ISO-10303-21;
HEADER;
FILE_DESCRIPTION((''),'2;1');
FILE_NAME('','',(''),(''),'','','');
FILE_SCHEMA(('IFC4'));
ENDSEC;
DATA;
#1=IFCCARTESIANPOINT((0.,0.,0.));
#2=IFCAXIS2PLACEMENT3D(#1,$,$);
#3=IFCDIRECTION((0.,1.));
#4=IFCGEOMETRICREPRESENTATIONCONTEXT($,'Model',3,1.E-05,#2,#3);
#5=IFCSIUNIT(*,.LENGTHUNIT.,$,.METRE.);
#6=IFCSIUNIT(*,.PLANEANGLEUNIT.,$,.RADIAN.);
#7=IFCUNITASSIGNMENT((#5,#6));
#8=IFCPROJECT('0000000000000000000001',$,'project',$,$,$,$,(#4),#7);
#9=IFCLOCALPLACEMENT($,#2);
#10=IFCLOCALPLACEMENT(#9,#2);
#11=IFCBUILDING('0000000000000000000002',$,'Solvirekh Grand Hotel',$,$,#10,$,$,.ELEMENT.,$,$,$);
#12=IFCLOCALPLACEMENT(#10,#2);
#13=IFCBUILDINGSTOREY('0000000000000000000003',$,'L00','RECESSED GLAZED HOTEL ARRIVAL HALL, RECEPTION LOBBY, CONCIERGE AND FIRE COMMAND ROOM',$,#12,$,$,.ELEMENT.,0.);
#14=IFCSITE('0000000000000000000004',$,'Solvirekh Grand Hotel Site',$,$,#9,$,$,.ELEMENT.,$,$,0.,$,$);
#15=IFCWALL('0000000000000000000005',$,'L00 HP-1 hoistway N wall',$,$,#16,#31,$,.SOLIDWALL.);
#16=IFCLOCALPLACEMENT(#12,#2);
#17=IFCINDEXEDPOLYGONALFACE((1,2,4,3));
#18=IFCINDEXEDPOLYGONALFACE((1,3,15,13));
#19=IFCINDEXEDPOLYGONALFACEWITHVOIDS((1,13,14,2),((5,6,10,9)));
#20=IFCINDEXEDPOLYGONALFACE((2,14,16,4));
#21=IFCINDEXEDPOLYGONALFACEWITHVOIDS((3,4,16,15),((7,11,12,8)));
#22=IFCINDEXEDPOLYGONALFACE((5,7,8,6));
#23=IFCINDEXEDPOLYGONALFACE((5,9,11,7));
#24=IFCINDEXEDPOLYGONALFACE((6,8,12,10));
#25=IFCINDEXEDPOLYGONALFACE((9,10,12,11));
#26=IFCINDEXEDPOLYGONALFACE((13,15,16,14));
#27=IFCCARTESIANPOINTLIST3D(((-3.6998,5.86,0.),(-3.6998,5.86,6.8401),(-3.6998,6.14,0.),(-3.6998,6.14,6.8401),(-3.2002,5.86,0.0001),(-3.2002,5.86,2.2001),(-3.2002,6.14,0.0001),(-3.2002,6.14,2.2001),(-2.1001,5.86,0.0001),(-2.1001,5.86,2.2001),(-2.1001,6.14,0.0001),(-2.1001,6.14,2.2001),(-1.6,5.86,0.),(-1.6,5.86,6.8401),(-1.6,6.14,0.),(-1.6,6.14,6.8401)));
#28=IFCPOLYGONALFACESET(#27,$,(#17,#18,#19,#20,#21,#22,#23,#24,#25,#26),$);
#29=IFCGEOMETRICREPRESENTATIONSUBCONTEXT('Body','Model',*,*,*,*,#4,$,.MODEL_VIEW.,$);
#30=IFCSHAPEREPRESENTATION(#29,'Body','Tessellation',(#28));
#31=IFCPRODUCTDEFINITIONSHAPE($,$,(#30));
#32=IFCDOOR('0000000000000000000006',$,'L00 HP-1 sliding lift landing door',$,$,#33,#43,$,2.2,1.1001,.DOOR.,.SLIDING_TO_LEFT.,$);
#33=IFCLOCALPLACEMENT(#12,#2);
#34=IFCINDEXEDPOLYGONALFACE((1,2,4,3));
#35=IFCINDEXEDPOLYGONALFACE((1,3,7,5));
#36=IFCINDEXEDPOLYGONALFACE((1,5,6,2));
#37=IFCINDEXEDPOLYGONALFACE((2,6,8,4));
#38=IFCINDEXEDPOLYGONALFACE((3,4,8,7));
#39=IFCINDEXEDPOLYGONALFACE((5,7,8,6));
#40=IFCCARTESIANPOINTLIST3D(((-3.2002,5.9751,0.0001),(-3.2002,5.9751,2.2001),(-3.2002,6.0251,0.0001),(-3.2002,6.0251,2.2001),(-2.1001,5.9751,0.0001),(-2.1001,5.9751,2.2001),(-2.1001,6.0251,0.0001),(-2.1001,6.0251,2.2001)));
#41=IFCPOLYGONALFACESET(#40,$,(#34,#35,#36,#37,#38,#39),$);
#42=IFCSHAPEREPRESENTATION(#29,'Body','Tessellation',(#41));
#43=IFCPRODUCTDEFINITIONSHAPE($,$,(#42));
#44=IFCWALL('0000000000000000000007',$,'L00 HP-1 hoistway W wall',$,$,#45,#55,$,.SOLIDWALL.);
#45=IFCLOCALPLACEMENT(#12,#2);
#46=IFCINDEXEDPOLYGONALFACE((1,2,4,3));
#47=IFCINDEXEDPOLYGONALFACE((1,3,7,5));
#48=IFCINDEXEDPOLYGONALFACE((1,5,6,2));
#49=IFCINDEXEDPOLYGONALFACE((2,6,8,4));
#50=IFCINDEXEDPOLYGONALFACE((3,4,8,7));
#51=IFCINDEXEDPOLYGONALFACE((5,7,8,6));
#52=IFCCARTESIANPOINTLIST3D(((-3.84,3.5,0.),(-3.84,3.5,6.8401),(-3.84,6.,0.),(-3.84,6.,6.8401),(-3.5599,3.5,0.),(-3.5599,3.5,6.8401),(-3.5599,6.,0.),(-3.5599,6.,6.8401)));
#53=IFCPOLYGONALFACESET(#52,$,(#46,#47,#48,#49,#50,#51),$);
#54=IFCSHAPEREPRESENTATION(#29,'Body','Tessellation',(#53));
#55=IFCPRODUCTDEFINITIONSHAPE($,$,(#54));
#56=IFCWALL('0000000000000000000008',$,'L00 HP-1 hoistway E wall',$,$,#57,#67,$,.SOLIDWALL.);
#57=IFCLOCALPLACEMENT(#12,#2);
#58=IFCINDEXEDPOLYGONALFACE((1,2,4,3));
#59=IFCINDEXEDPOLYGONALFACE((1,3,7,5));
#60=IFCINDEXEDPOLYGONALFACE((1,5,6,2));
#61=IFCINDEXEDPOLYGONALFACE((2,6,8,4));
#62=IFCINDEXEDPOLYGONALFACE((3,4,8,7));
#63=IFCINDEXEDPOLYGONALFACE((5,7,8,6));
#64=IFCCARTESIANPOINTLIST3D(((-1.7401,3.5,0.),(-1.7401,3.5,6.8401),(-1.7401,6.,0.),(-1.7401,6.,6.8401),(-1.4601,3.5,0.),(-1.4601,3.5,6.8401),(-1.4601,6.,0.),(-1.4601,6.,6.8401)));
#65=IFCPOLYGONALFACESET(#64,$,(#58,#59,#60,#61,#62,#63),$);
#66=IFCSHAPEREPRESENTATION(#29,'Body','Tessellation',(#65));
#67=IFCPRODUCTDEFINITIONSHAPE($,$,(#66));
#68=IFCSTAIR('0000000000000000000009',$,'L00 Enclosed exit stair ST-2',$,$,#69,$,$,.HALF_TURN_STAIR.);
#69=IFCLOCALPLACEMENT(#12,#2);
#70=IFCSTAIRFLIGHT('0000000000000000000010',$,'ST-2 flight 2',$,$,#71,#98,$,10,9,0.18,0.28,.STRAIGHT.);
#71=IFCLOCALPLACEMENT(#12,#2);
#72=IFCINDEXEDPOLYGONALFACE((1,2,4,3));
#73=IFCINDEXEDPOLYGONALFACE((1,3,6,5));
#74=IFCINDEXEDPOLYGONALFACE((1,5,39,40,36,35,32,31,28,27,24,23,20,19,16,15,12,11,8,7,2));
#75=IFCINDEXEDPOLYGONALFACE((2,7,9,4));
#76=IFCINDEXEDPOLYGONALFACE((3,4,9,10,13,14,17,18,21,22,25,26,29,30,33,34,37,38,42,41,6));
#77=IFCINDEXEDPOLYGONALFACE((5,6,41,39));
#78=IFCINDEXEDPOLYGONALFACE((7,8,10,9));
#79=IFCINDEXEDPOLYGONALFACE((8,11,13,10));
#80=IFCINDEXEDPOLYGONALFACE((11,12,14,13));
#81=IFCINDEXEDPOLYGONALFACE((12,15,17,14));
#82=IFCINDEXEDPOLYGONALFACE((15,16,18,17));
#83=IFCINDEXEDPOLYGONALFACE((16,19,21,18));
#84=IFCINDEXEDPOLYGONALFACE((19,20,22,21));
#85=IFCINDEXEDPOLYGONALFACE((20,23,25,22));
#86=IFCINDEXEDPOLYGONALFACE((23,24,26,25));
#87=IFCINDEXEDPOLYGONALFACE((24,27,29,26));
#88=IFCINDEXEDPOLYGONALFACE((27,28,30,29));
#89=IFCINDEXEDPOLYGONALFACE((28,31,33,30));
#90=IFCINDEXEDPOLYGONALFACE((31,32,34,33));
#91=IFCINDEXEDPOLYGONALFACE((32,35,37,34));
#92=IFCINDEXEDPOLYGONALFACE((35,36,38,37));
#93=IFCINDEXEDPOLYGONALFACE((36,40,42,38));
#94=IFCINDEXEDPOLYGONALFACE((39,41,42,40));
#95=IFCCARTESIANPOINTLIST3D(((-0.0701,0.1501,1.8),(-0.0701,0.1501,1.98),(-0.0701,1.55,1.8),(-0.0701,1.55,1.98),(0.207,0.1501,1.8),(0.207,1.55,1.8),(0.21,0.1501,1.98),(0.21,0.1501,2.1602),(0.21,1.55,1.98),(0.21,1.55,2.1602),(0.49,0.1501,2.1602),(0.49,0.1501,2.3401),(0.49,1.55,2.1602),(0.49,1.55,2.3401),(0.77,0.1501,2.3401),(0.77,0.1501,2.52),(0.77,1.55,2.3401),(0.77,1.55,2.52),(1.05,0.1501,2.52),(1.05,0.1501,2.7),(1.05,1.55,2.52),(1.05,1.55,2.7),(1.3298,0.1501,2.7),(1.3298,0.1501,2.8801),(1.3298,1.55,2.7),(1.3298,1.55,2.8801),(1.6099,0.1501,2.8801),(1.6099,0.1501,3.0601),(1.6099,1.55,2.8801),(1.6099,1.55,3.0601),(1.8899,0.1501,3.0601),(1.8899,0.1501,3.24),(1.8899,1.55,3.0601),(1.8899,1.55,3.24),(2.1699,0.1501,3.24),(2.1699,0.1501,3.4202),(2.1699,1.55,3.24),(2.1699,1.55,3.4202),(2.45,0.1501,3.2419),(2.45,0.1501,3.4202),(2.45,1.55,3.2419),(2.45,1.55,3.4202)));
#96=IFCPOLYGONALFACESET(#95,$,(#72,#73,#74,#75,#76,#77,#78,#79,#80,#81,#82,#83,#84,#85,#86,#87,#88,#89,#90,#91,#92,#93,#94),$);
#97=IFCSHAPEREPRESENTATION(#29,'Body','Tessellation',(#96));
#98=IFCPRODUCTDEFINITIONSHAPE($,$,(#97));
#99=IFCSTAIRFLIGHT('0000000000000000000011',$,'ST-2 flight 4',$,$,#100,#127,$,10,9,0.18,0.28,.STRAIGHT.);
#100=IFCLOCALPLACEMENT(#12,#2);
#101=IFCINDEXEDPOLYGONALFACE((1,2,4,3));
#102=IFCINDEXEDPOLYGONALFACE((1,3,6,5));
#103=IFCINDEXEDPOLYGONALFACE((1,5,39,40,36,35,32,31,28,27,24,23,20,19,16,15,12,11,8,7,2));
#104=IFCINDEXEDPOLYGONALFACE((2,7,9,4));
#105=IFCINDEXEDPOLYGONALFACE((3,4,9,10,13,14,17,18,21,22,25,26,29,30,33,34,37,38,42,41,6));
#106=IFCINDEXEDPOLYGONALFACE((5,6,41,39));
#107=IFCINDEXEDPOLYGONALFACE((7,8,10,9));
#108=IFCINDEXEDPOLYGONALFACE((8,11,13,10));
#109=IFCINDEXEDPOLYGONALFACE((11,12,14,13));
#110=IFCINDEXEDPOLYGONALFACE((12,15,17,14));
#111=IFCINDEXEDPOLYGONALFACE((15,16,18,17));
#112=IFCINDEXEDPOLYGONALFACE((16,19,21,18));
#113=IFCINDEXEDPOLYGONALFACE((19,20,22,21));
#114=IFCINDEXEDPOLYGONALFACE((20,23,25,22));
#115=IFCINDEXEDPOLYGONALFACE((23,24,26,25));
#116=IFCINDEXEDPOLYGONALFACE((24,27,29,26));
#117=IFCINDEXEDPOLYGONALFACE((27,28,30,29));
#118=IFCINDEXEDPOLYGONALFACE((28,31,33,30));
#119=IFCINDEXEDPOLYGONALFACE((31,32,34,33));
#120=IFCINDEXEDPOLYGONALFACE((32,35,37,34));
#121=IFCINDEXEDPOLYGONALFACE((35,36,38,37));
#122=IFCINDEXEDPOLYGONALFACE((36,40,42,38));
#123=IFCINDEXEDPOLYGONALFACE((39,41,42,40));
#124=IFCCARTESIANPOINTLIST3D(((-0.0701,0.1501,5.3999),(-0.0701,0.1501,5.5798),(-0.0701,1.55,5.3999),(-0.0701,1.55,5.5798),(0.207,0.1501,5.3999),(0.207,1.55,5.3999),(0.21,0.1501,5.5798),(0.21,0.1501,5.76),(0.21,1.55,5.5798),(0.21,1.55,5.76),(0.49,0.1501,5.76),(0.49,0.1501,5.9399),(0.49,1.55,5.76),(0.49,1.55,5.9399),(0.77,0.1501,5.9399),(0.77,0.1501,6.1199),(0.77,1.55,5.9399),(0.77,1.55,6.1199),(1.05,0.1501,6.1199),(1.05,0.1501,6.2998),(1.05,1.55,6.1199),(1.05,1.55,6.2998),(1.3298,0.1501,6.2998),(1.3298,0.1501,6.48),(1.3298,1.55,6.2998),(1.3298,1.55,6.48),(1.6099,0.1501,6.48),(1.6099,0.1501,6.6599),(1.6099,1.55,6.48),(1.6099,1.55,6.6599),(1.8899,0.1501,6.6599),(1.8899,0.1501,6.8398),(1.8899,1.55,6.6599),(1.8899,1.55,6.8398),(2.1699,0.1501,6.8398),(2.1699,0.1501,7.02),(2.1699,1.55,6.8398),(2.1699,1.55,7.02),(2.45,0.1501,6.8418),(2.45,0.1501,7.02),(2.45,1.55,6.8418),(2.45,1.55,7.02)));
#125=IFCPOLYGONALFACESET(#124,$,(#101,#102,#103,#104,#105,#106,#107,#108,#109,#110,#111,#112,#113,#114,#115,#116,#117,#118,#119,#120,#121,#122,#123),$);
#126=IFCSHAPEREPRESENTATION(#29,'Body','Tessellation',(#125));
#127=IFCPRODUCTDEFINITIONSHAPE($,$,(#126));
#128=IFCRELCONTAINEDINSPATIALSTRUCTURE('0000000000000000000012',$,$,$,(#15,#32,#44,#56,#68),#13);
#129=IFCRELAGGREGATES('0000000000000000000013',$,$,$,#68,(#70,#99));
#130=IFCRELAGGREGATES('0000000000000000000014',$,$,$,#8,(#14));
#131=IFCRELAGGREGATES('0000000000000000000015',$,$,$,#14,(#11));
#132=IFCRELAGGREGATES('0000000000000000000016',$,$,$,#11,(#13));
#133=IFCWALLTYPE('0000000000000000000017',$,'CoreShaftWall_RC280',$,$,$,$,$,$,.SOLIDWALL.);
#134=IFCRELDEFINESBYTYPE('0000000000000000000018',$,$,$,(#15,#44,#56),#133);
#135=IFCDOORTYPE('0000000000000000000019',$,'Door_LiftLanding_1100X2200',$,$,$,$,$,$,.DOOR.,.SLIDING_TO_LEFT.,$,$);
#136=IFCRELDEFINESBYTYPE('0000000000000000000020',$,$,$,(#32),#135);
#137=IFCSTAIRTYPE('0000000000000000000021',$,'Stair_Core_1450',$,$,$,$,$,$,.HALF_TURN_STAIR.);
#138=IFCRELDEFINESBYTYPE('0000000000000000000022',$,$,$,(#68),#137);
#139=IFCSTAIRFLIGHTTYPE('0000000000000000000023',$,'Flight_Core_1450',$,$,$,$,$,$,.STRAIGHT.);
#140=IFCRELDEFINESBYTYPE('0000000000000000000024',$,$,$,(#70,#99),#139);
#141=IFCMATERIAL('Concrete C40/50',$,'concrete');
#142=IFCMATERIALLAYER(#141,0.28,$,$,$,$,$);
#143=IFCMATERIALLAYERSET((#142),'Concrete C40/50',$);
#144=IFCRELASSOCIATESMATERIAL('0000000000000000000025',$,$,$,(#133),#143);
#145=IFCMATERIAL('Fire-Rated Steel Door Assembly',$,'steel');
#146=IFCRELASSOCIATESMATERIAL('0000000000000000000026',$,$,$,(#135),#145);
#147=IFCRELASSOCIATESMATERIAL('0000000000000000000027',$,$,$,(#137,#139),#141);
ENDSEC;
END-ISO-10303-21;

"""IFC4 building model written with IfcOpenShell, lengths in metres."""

from ifc_helpers import new_model, si_unit, direction, frame, frame_2d, origin, place, context, subcontext, project, spatial, polyline, rectangle, outline, extrude, material, layer, layer_set, type_object, element, fill, aggregate, save


model = new_model("IFC4")

# Units and contexts
model_context = context("Model", 3, precision=1e-05, world=origin(), true_north=direction((0.0, 1.0)))
body_context = subcontext(model_context, "Body", "Model", "MODEL_VIEW")
ifc_project = project(units=[si_unit("LENGTHUNIT", "METRE"), si_unit("PLANEANGLEUNIT", "RADIAN")], contexts=[model_context])

# Site, building, storey
site_placement = place(None, origin())
site = spatial("IfcSite", under=ifc_project, at=site_placement, Name="Solvirekh Grand Hotel Site", CompositionType="ELEMENT", RefElevation=0.0)
building_placement = place(site_placement, origin())
building = spatial("IfcBuilding", under=site, at=building_placement, Name="Solvirekh Grand Hotel", CompositionType="ELEMENT")
storey_placement = place(building_placement, origin())
storey = spatial("IfcBuildingStorey", under=building, at=storey_placement, Name="L00", Description="RECESSED GLAZED HOTEL ARRIVAL HALL, RECEPTION LOBBY, CONCIERGE AND FIRE COMMAND ROOM", CompositionType="ELEMENT", Elevation=0.0)

# Wall, opening, door
ifc_material_1 = material(Name="Concrete C40/50", Category="concrete")
ifc_layer_1 = layer(ifc_material_1, 0.28)
ifc_layer_set_1 = layer_set([ifc_layer_1], Name="Concrete C40/50")
wall_type = type_object("IfcWallType", Name="CoreShaftWall_RC280", PredefinedType="SOLIDWALL", material=ifc_layer_set_1)
wall_placement = place(storey_placement, frame((-1.6001, 6.0, 0.0), z_axis=(0.0, 0.0, 1.0), x_axis=(-1.0, 0.0, 0.0)))
wall = element("IfcWall", 1, at=wall_placement, inside=storey, type_object=wall_type, Name="L00 HP-1 hoistway N wall", PredefinedType="SOLIDWALL", context=body_context, shape_type="SweptSolid", body=[
    extrude(rectangle(XDim=2.0999, YDim=0.28, at=frame_2d((1.0498, 0.0))), origin(), (0.0, 0.0, 1.0), 6.8401),
])
opening_placement = place(wall_placement, frame((0.5, 0.0, 0.0)))
opening = element("IfcOpeningElement", 2, at=opening_placement, cuts=wall, PredefinedType="OPENING", context=body_context, shape_type="SweptSolid", body=[
    extrude(rectangle(XDim=1.1001, YDim=2.2, at=frame_2d((0.55, 1.1001))), frame((0.0, 0.1499, 0.0), z_axis=(0.0, -1.0, 0.0), x_axis=(1.0, 0.0, 0.0)), (0.0, 0.0, 1.0), 0.3),
])
ifc_material_2 = material(Name="Fire-Rated Steel Door Assembly", Category="steel")
door_type = type_object("IfcDoorType", Name="Door_LiftLanding_1100X2200", OperationType="SLIDING_TO_LEFT", PredefinedType="DOOR", material=ifc_material_2)
door_placement = place(opening_placement, origin())
door = element("IfcDoor", 3, at=door_placement, inside=storey, type_object=door_type, Name="L00 HP-1 sliding lift landing door", OperationType="SLIDING_TO_LEFT", OverallHeight=2.2, OverallWidth=1.1001, PredefinedType="DOOR", context=body_context, shape_type="SweptSolid", body=[
    extrude(rectangle(XDim=1.1001, YDim=2.2, at=frame_2d((0.55, 1.1001))), frame((0.0, 0.0249, 0.0), z_axis=(0.0, -1.0, 0.0), x_axis=(1.0, 0.0, 0.0)), (0.0, 0.0, 1.0), 0.05),
])
fill(opening, door)

# Walls
for number, where, z_axis, x_axis, name in (
    (4, (-3.7, 6.0, 0.0), (0.0, 0.0, 1.0), (0.0, -1.0, 0.0), "L00 HP-1 hoistway W wall"),
    (5, (-1.6001, 3.5, 0.0), (0.0, 0.0, 1.0), (0.0, 1.0, 0.0), "L00 HP-1 hoistway E wall"),
):
    element("IfcWall", number, at=place(storey_placement, frame(where, z_axis=z_axis, x_axis=x_axis)), inside=storey, type_object=wall_type, Name=name, PredefinedType="SOLIDWALL", context=body_context, shape_type="SweptSolid", body=[
        extrude(rectangle(XDim=2.5, YDim=0.28, at=frame_2d((1.25, 0.0))), origin(), (0.0, 0.0, 1.0), 6.8401),
    ])

# Stair, stair flights
stair_type = type_object("IfcStairType", Name="Stair_Core_1450", PredefinedType="HALF_TURN_STAIR", material=ifc_material_1)
stair_placement = place(storey_placement, origin())
stair = element("IfcStair", 6, at=stair_placement, inside=storey, type_object=stair_type, Name="L00 Enclosed exit stair ST-2", PredefinedType="HALF_TURN_STAIR")
stair_flight_type = type_object("IfcStairFlightType", Name="Flight_Core_1450", PredefinedType="STRAIGHT", material=ifc_material_1)
stair_flight_1_placement = place(storey_placement, frame((-0.0701, 0.8501, 1.8), z_axis=(0.0, 0.0, 1.0), x_axis=(1.0, 0.0, 0.0)))
stair_flight_1 = element("IfcStairFlight", 7, at=stair_flight_1_placement, type_object=stair_flight_type, Name="ST-2 flight 2", NumberOfRisers=10, NumberOfTreads=9, PredefinedType="STRAIGHT", RiserHeight=0.18, TreadLength=0.28, context=body_context, shape_type="SweptSolid", body=[
    extrude(outline(polyline([(0.0, 0.0), (0.0, 0.1799), (0.28, 0.1799), (0.28, 0.3601), (0.5601, 0.3601), (0.5601, 0.54), (0.8401, 0.54), (0.8401, 0.72), (1.1201, 0.72), (1.1201, 0.8999), (1.3999, 0.8999), (1.3999, 1.0801), (1.6799, 1.0801), (1.6799, 1.26), (1.96, 1.26), (1.96, 1.4399), (2.24, 1.4399), (2.24, 1.6201), (2.52, 1.6201), (2.52, 1.8), (2.52, 1.4419), (0.2771, 0.0), (0.0, 0.0)])), frame((0.0, 0.7, 0.0), z_axis=(0.0, -1.0, 0.0), x_axis=(1.0, 0.0, 0.0)), (0.0, 0.0, 1.0), 1.3999),
])
stair_flight_2_placement = place(storey_placement, frame((-0.0701, 0.8501, 5.3999), z_axis=(0.0, 0.0, 1.0), x_axis=(1.0, 0.0, 0.0)))
stair_flight_2 = element("IfcStairFlight", 8, at=stair_flight_2_placement, type_object=stair_flight_type, Name="ST-2 flight 4", NumberOfRisers=10, NumberOfTreads=9, PredefinedType="STRAIGHT", RiserHeight=0.18, TreadLength=0.28, context=body_context, shape_type="SweptSolid", body=[
    extrude(outline(polyline([(0.0, 0.0), (0.0, 0.1799), (0.28, 0.1799), (0.28, 0.3601), (0.5601, 0.3601), (0.5601, 0.54), (0.8401, 0.54), (0.8401, 0.72), (1.1201, 0.72), (1.1201, 0.8999), (1.3999, 0.8999), (1.3999, 1.0801), (1.6799, 1.0801), (1.6799, 1.26), (1.96, 1.26), (1.96, 1.4399), (2.24, 1.4399), (2.24, 1.6201), (2.52, 1.6201), (2.52, 1.8), (2.52, 1.4419), (0.2771, 0.0), (0.0, 0.0)])), frame((0.0, 0.7, 0.0), z_axis=(0.0, -1.0, 0.0), x_axis=(1.0, 0.0, 0.0)), (0.0, 0.0, 1.0), 1.3999),
])
aggregate(stair, [stair_flight_1, stair_flight_2])

save(model, "model.ifc")
